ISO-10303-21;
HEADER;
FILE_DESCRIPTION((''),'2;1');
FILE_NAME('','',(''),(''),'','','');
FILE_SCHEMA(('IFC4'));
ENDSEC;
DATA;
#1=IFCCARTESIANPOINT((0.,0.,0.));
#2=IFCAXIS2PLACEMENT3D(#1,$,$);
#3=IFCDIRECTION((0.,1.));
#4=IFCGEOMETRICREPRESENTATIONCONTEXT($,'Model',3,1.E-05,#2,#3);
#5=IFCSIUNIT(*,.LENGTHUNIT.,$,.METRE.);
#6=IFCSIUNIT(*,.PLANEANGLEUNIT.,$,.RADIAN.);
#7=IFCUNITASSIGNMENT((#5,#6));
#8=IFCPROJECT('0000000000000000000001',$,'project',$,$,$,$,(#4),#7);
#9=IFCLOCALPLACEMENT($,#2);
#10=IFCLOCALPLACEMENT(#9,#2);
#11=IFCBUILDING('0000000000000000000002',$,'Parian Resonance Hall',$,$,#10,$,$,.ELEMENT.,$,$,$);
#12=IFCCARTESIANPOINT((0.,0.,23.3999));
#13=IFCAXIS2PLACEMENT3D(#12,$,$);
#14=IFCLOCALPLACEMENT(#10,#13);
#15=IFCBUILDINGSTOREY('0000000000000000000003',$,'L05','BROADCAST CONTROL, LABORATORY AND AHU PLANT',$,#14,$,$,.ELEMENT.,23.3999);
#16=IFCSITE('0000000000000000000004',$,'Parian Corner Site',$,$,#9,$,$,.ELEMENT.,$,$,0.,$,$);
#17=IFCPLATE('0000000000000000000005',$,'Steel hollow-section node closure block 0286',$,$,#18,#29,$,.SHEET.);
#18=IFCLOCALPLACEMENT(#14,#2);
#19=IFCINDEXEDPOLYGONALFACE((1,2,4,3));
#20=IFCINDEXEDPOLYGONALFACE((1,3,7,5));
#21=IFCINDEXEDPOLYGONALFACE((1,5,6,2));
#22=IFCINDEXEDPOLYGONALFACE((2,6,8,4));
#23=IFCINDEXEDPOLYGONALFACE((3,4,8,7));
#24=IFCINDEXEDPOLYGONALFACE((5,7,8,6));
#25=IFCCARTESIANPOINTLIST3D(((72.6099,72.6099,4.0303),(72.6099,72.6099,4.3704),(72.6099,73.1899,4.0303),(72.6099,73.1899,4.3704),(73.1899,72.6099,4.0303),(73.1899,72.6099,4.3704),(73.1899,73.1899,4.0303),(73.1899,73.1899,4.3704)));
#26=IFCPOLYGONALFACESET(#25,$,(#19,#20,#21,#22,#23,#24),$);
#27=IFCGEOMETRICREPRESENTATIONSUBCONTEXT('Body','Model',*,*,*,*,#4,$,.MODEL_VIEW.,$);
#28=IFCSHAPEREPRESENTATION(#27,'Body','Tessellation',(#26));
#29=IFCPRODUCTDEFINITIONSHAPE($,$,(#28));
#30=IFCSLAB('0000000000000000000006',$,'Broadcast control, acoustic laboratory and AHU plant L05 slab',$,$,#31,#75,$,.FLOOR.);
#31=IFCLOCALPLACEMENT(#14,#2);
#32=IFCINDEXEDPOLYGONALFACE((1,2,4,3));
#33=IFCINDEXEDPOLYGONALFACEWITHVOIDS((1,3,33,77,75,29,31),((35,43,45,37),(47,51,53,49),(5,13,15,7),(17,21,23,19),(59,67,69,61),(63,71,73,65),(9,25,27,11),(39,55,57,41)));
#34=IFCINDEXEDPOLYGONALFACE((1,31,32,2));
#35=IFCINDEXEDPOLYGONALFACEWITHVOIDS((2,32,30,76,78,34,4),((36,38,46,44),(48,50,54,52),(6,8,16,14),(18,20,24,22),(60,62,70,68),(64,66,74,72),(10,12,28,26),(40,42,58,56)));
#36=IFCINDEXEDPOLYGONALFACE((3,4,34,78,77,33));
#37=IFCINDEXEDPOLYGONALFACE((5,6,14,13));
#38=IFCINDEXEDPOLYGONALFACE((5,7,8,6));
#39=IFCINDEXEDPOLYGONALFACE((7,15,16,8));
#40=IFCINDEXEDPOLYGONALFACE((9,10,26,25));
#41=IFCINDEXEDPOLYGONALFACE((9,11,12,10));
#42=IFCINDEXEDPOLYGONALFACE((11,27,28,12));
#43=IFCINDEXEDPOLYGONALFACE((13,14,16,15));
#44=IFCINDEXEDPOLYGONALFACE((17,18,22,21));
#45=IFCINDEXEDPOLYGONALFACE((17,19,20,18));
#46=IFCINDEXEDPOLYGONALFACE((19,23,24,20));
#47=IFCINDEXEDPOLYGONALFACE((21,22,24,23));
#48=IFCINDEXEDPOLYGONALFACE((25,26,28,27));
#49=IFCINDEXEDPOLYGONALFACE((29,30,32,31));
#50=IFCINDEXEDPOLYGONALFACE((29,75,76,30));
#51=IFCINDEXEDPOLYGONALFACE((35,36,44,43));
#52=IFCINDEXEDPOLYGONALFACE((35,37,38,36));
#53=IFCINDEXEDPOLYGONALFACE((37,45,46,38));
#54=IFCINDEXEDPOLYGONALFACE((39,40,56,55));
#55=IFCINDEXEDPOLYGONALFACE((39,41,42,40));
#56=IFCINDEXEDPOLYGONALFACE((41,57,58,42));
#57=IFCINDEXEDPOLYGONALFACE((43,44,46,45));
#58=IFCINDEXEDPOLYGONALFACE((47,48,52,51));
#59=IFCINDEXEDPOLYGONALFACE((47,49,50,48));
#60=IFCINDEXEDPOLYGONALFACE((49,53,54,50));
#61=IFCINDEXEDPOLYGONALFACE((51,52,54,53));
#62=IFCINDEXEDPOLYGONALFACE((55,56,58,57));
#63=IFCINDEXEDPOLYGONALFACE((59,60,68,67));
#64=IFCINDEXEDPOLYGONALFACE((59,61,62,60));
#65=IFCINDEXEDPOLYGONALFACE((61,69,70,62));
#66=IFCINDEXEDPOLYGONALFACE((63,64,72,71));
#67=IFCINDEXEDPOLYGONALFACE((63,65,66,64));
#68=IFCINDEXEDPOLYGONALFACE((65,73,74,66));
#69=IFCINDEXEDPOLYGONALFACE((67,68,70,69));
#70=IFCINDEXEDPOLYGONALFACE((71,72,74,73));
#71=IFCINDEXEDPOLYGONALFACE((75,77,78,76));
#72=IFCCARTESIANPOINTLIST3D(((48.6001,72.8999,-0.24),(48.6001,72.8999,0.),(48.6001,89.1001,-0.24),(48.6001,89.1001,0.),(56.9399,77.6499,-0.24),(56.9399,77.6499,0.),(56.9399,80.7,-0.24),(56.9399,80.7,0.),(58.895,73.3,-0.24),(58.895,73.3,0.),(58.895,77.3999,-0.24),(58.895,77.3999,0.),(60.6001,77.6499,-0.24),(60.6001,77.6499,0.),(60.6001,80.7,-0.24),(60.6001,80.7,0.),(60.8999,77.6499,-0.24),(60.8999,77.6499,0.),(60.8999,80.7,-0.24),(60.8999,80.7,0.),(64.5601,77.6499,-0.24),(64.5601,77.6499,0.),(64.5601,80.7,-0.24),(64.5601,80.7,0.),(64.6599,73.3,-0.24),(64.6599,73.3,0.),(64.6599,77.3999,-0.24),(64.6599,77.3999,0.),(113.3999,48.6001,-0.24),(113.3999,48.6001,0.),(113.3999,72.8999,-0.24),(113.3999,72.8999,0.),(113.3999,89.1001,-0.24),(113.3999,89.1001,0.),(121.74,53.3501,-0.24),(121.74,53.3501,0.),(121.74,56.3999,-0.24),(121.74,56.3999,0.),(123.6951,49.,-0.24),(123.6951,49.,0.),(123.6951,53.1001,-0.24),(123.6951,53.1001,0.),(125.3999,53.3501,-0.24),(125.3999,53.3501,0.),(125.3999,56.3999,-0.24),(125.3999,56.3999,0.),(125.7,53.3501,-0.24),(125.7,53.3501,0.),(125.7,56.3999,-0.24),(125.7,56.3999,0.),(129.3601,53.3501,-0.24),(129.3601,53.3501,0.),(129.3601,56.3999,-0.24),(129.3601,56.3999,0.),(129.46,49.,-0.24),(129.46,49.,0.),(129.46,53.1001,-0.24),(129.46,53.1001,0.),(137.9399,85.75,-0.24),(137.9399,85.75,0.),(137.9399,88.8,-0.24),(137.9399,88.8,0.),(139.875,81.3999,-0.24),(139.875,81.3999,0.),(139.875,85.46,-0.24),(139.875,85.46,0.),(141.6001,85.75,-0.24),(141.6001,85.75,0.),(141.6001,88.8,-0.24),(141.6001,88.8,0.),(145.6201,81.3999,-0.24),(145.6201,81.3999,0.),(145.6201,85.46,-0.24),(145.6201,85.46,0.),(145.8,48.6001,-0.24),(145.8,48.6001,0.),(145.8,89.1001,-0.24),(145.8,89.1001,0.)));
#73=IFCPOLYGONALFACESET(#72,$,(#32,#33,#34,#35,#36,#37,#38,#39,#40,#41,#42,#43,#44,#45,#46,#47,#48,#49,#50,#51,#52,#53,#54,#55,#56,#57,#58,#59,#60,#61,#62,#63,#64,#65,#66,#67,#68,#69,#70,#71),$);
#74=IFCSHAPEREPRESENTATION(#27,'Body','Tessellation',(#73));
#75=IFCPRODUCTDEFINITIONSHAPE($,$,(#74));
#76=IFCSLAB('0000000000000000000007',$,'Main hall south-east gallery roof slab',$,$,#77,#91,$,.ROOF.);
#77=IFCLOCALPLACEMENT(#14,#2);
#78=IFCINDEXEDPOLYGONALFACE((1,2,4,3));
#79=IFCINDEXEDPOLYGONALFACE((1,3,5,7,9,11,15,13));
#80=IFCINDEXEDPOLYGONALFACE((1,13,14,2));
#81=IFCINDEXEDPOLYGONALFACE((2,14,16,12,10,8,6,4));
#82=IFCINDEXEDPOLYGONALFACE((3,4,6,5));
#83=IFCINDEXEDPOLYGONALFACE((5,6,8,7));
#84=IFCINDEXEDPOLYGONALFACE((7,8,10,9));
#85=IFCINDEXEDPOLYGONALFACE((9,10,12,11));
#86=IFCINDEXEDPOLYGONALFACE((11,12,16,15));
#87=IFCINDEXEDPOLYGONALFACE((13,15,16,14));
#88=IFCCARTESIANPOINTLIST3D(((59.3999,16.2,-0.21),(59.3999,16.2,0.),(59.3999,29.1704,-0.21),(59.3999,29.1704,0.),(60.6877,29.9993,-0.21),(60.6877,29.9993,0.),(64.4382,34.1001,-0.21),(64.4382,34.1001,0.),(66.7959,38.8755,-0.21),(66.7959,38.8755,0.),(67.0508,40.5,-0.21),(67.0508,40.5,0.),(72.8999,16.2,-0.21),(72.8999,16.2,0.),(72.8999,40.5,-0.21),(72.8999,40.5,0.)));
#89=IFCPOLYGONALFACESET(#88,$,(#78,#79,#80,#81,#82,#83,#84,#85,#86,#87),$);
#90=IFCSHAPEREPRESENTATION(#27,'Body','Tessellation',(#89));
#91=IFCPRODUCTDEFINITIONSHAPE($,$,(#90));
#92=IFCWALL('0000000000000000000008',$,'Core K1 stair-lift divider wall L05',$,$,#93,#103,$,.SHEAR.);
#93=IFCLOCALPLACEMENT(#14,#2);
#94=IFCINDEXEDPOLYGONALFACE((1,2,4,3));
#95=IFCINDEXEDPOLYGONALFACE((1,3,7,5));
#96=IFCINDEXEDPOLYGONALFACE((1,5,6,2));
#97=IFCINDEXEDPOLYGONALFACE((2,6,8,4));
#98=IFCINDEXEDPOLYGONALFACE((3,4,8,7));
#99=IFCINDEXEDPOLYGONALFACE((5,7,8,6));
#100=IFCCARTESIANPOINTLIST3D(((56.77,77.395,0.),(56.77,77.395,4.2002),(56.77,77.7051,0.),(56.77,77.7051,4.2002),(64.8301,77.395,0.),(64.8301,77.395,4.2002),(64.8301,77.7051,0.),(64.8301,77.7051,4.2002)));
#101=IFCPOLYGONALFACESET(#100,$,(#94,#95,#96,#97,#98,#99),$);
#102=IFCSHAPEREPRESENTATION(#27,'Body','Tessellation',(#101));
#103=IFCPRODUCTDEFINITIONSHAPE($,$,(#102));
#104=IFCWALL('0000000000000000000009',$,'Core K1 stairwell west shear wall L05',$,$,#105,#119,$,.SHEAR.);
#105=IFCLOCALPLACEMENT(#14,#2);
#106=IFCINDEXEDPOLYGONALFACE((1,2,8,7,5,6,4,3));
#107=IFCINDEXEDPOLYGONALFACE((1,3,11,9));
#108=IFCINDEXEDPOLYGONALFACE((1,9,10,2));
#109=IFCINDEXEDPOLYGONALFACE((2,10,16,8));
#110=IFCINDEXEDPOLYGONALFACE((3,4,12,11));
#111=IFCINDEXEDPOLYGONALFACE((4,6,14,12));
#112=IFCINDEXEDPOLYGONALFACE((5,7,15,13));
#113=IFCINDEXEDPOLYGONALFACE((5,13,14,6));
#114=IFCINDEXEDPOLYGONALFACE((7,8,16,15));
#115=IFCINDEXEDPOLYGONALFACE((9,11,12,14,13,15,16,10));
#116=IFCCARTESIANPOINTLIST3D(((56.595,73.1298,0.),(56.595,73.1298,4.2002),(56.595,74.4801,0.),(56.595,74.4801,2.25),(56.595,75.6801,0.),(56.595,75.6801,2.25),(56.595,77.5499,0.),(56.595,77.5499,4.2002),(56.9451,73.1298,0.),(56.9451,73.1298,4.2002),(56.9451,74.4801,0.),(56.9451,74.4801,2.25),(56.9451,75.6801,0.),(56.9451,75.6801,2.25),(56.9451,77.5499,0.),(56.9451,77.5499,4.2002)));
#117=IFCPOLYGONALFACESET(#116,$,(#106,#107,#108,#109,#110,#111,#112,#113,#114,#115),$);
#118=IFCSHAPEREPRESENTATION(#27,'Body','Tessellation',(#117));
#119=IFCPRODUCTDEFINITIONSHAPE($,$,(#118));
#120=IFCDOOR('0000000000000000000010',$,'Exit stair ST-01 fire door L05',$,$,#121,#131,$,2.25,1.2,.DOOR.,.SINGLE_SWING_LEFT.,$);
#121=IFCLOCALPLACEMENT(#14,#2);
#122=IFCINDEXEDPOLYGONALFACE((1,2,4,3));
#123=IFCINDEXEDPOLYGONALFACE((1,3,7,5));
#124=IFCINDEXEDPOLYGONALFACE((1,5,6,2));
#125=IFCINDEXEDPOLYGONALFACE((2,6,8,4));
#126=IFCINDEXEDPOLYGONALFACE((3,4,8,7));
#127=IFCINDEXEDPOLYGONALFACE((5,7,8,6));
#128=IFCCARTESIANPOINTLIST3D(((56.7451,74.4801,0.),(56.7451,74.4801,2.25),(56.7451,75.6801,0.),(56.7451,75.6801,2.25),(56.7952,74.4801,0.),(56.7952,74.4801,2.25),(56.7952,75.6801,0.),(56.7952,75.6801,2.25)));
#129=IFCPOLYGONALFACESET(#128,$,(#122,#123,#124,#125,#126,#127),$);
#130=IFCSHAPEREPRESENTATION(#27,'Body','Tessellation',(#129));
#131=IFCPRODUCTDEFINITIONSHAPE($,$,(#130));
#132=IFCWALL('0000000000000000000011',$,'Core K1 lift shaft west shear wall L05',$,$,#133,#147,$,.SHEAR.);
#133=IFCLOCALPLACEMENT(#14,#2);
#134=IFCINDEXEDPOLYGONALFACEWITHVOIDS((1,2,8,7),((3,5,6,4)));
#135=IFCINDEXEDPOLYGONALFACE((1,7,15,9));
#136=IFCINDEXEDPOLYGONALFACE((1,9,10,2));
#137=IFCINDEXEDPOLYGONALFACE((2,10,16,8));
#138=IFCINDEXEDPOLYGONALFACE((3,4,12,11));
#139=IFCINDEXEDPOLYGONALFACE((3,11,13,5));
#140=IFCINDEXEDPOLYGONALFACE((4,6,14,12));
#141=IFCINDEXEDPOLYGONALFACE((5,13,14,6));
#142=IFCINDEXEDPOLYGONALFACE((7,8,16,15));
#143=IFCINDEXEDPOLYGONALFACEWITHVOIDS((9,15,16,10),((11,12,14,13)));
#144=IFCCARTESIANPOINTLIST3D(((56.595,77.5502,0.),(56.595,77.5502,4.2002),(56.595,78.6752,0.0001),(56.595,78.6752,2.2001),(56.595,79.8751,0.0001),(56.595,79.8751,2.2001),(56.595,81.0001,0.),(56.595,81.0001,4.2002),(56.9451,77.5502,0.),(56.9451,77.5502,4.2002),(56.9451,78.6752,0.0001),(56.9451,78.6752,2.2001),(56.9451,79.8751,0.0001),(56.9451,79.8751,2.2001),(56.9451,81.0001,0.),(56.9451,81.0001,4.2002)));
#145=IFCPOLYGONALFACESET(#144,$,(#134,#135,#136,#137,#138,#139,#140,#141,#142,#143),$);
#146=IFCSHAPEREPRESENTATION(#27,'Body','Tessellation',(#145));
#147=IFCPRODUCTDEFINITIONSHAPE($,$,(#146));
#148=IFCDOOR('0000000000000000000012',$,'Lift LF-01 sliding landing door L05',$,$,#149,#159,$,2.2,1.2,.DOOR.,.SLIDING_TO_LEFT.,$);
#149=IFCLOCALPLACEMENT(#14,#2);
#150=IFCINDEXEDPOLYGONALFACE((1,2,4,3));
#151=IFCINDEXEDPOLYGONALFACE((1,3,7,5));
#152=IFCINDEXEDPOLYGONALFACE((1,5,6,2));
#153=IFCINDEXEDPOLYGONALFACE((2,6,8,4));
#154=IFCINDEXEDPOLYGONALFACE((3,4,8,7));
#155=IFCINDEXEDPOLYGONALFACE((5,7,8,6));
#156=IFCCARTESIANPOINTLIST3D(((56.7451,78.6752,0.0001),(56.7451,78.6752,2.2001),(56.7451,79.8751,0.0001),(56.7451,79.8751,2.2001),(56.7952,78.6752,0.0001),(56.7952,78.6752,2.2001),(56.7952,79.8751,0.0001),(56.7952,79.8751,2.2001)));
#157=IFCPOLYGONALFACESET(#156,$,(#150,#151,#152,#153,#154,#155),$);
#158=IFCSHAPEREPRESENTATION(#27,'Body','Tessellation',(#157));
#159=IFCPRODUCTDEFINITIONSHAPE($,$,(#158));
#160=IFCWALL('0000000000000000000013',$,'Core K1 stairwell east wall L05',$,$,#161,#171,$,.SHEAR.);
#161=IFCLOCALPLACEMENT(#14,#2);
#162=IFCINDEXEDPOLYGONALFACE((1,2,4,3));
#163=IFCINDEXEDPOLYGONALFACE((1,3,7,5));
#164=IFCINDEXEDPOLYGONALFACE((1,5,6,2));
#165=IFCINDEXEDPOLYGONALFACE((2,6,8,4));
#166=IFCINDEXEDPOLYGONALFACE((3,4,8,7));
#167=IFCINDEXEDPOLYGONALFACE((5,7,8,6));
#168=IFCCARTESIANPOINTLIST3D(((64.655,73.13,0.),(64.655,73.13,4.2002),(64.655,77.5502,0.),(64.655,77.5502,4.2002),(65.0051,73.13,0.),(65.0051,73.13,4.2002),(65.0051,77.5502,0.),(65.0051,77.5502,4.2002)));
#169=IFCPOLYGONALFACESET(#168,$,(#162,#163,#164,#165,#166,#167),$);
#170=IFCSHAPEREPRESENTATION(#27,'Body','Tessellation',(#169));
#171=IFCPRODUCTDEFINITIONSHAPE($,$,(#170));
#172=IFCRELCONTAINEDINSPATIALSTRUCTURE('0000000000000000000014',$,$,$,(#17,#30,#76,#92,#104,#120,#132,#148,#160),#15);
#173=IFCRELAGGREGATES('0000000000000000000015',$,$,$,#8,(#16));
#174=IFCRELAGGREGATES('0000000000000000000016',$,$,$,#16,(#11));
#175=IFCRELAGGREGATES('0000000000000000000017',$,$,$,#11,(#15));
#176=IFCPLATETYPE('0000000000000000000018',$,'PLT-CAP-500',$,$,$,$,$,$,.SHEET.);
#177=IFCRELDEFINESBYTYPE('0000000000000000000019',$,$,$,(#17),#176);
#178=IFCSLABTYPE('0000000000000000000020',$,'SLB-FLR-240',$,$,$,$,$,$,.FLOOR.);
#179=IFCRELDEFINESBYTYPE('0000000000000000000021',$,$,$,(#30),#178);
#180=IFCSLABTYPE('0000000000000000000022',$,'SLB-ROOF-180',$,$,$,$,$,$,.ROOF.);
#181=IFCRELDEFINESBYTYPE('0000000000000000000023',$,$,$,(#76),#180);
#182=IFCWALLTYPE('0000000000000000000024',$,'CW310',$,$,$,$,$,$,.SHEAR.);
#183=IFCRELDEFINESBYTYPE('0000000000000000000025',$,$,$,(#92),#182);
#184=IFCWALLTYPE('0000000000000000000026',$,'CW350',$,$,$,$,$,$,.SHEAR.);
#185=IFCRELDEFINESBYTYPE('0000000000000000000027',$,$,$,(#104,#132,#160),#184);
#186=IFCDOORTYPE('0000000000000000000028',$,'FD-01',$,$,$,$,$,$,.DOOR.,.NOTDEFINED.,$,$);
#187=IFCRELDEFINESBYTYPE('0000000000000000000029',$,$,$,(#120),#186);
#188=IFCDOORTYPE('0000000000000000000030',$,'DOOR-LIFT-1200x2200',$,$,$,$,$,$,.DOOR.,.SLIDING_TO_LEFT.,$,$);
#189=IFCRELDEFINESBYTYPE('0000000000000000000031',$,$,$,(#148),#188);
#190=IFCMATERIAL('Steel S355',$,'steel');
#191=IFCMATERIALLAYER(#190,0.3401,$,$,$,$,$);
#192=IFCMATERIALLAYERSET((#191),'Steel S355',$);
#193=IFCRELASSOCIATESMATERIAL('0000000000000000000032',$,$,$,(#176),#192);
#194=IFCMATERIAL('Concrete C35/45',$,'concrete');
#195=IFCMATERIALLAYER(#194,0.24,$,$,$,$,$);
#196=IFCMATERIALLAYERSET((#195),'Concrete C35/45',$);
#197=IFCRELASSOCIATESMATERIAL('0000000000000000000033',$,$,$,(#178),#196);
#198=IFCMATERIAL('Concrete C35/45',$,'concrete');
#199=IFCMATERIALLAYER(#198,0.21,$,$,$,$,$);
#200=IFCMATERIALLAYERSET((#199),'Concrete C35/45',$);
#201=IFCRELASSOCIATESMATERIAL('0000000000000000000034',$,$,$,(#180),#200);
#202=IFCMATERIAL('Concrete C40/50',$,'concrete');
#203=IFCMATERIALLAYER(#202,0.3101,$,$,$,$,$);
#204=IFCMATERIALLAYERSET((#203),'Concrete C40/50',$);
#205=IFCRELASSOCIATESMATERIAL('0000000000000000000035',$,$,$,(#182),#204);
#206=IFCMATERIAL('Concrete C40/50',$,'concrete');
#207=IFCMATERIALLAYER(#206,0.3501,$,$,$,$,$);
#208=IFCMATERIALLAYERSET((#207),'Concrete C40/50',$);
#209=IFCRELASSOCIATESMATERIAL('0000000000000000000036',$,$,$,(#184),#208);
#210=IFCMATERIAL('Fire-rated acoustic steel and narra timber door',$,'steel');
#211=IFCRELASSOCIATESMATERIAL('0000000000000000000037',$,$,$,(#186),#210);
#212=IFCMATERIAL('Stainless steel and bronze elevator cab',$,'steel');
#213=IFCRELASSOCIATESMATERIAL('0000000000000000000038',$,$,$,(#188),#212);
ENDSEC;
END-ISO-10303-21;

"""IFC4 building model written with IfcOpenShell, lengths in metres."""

from ifc_helpers import new_model, si_unit, direction, frame, frame_2d, origin, origin_2d, place, context, subcontext, project, spatial, polyline, rectangle, outline, extrude, material, layer, layer_set, type_object, element, fill, save


model = new_model("IFC4")

# Units and contexts
model_context = context("Model", 3, precision=1e-05, world=origin(), true_north=direction((0.0, 1.0)))
body_context = subcontext(model_context, "Body", "Model", "MODEL_VIEW")
ifc_project = project(units=[si_unit("LENGTHUNIT", "METRE"), si_unit("PLANEANGLEUNIT", "RADIAN")], contexts=[model_context])

# Site, building, storey
site_placement = place(None, origin())
site = spatial("IfcSite", under=ifc_project, at=site_placement, Name="Parian Corner Site", CompositionType="ELEMENT", RefElevation=0.0)
building_placement = place(site_placement, origin())
building = spatial("IfcBuilding", under=site, at=building_placement, Name="Parian Resonance Hall", CompositionType="ELEMENT")
storey_placement = place(building_placement, frame((0.0, 0.0, 23.3999)))
storey = spatial("IfcBuildingStorey", under=building, at=storey_placement, Name="L05", Description="BROADCAST CONTROL, LABORATORY AND AHU PLANT", CompositionType="ELEMENT", Elevation=23.3999)

# Plate
ifc_material_1 = material(Name="Steel S355", Category="steel")
ifc_layer_1 = layer(ifc_material_1, 0.3401)
ifc_layer_set_1 = layer_set([ifc_layer_1], Name="Steel S355")
plate_type = type_object("IfcPlateType", Name="PLT-CAP-500", PredefinedType="SHEET", material=ifc_layer_set_1)
plate_placement = place(storey_placement, frame((72.8999, 72.8999, 4.0303), z_axis=(0.0, 0.0, 1.0), x_axis=(1.0, 0.0, 0.0)))
element("IfcPlate", 1, at=plate_placement, inside=storey, type_object=plate_type, Name="Steel hollow-section node closure block 0286", PredefinedType="SHEET", context=body_context, shape_type="SweptSolid", body=[
    extrude(rectangle(XDim=0.5801, YDim=0.5801, at=origin_2d()), origin(), (0.0, 0.0, 1.0), 0.3401),
])

# Slabs
ifc_material_2 = material(Name="Concrete C35/45", Category="concrete")
ifc_layer_2 = layer(ifc_material_2, 0.24)
ifc_layer_set_2 = layer_set([ifc_layer_2], Name="Concrete C35/45")
slab_type_1 = type_object("IfcSlabType", Name="SLB-FLR-240", PredefinedType="FLOOR", material=ifc_layer_set_2)
slab_1_placement = place(storey_placement, frame((0.0, 0.0, -0.24)))
element("IfcSlab", 2, at=slab_1_placement, inside=storey, type_object=slab_type_1, Name="Broadcast control, acoustic laboratory and AHU plant L05 slab", PredefinedType="FLOOR", context=body_context, shape_type="SweptSolid", body=[
    extrude(outline(polyline([(145.8, 89.1001), (113.3999, 89.1001), (48.6001, 89.1001), (48.6001, 72.8999), (113.3999, 72.8999), (113.3999, 48.6001), (145.8, 48.6001), (145.8, 89.1001)]), holes=[polyline([(129.46, 49.0), (123.6951, 49.0), (123.6951, 53.1001), (129.46, 53.1001), (129.46, 49.0)]), polyline([(125.3999, 53.3501), (121.74, 53.3501), (121.74, 56.3999), (125.3999, 56.3999), (125.3999, 53.3501)]), polyline([(129.3601, 53.3501), (125.7, 53.3501), (125.7, 56.3999), (129.3601, 56.3999), (129.3601, 53.3501)]), polyline([(64.6599, 73.3), (58.895, 73.3), (58.895, 77.3999), (64.6599, 77.3999), (64.6599, 73.3)]), polyline([(60.6001, 77.6499), (56.9399, 77.6499), (56.9399, 80.7), (60.6001, 80.7), (60.6001, 77.6499)]), polyline([(64.5601, 77.6499), (60.8999, 77.6499), (60.8999, 80.7), (64.5601, 80.7), (64.5601, 77.6499)]), polyline([(145.6201, 81.3999), (139.875, 81.3999), (139.875, 85.46), (145.6201, 85.46), (145.6201, 81.3999)]), polyline([(141.6001, 85.75), (137.9399, 85.75), (137.9399, 88.8), (141.6001, 88.8), (141.6001, 85.75)])]), origin(), (0.0, 0.0, 1.0), 0.24),
])
ifc_material_3 = material(Name="Concrete C35/45", Category="concrete")
ifc_layer_3 = layer(ifc_material_3, 0.21)
ifc_layer_set_3 = layer_set([ifc_layer_3], Name="Concrete C35/45")
slab_type_2 = type_object("IfcSlabType", Name="SLB-ROOF-180", PredefinedType="ROOF", material=ifc_layer_set_3)
slab_2_placement = place(storey_placement, frame((0.0, 0.0, -0.21)))
element("IfcSlab", 3, at=slab_2_placement, inside=storey, type_object=slab_type_2, Name="Main hall south-east gallery roof slab", PredefinedType="ROOF", context=body_context, shape_type="SweptSolid", body=[
    extrude(outline(polyline([(67.0508, 40.5), (66.7959, 38.8755), (64.4382, 34.1001), (60.6877, 29.9993), (59.3999, 29.1704), (59.3999, 16.2), (72.8999, 16.2), (72.8999, 40.5), (67.0508, 40.5)])), origin(), (0.0, 0.0, 1.0), 0.21),
])

# Wall
ifc_material_4 = material(Name="Concrete C40/50", Category="concrete")
ifc_layer_4 = layer(ifc_material_4, 0.3101)
ifc_layer_set_4 = layer_set([ifc_layer_4], Name="Concrete C40/50")
wall_type_1 = type_object("IfcWallType", Name="CW310", PredefinedType="SHEAR", material=ifc_layer_set_4)
wall_1_placement = place(storey_placement, frame((56.77, 77.55, 0.0), z_axis=(0.0, 0.0, 1.0), x_axis=(1.0, 0.0, 0.0)))
element("IfcWall", 4, at=wall_1_placement, inside=storey, type_object=wall_type_1, Name="Core K1 stair-lift divider wall L05", PredefinedType="SHEAR", context=body_context, shape_type="SweptSolid", body=[
    extrude(rectangle(XDim=8.0601, YDim=0.3101, at=frame_2d((4.03, 0.0))), origin(), (0.0, 0.0, 1.0), 4.2002),
])

# Walls, openings, doors
ifc_material_5 = material(Name="Concrete C40/50", Category="concrete")
ifc_layer_5 = layer(ifc_material_5, 0.3501)
ifc_layer_set_5 = layer_set([ifc_layer_5], Name="Concrete C40/50")
wall_type_2 = type_object("IfcWallType", Name="CW350", PredefinedType="SHEAR", material=ifc_layer_set_5)
wall_2_placement = place(storey_placement, frame((56.77, 73.1299, 0.0), z_axis=(0.0, 0.0, 1.0), x_axis=(0.0, 1.0, 0.0)))
wall_2 = element("IfcWall", 5, at=wall_2_placement, inside=storey, type_object=wall_type_2, Name="Core K1 stairwell west shear wall L05", PredefinedType="SHEAR", context=body_context, shape_type="SweptSolid", body=[
    extrude(rectangle(XDim=4.4202, YDim=0.3501, at=frame_2d((2.21, 0.0))), origin(), (0.0, 0.0, 1.0), 4.2002),
])
opening_1_placement = place(wall_2_placement, frame((1.3501, 0.0, 0.0)))
opening_1 = element("IfcOpeningElement", 6, at=opening_1_placement, cuts=wall_2, PredefinedType="OPENING", context=body_context, shape_type="SweptSolid", body=[
    extrude(rectangle(XDim=1.2, YDim=2.25, at=frame_2d((0.6001, 1.125))), frame((0.0, 0.1851, 0.0), z_axis=(0.0, -1.0, 0.0), x_axis=(1.0, 0.0, 0.0)), (0.0, 0.0, 1.0), 0.3701),
])
ifc_material_6 = material(Name="Fire-rated acoustic steel and narra timber door", Category="steel")
door_type_1 = type_object("IfcDoorType", Name="FD-01", OperationType="NOTDEFINED", PredefinedType="DOOR", material=ifc_material_6)
door_1_placement = place(opening_1_placement, origin())
door_1 = element("IfcDoor", 7, at=door_1_placement, inside=storey, type_object=door_type_1, Name="Exit stair ST-01 fire door L05", OperationType="SINGLE_SWING_LEFT", OverallHeight=2.25, OverallWidth=1.2, PredefinedType="DOOR", context=body_context, shape_type="SweptSolid", body=[
    extrude(rectangle(XDim=1.2, YDim=2.25, at=frame_2d((0.6001, 1.125))), frame((0.0, 0.0249, 0.0), z_axis=(0.0, -1.0, 0.0), x_axis=(1.0, 0.0, 0.0)), (0.0, 0.0, 1.0), 0.05),
])
fill(opening_1, door_1)
wall_3_placement = place(storey_placement, frame((56.77, 77.55, 0.0), z_axis=(0.0, 0.0, 1.0), x_axis=(0.0, 1.0, 0.0)))
wall_3 = element("IfcWall", 8, at=wall_3_placement, inside=storey, type_object=wall_type_2, Name="Core K1 lift shaft west shear wall L05", PredefinedType="SHEAR", context=body_context, shape_type="SweptSolid", body=[
    extrude(rectangle(XDim=3.45, YDim=0.3501, at=frame_2d((1.7251, 0.0))), origin(), (0.0, 0.0, 1.0), 4.2002),
])
opening_2_placement = place(wall_3_placement, frame((1.125, 0.0, 0.0)))
opening_2 = element("IfcOpeningElement", 9, at=opening_2_placement, cuts=wall_3, PredefinedType="OPENING", context=body_context, shape_type="SweptSolid", body=[
    extrude(rectangle(XDim=1.2, YDim=2.2, at=frame_2d((0.6001, 1.1001))), frame((0.0, 0.1851, 0.0), z_axis=(0.0, -1.0, 0.0), x_axis=(1.0, 0.0, 0.0)), (0.0, 0.0, 1.0), 0.3701),
])
ifc_material_7 = material(Name="Stainless steel and bronze elevator cab", Category="steel")
door_type_2 = type_object("IfcDoorType", Name="DOOR-LIFT-1200x2200", OperationType="SLIDING_TO_LEFT", PredefinedType="DOOR", material=ifc_material_7)
door_2_placement = place(opening_2_placement, origin())
door_2 = element("IfcDoor", 10, at=door_2_placement, inside=storey, type_object=door_type_2, Name="Lift LF-01 sliding landing door L05", OperationType="SLIDING_TO_LEFT", OverallHeight=2.2, OverallWidth=1.2, PredefinedType="DOOR", context=body_context, shape_type="SweptSolid", body=[
    extrude(rectangle(XDim=1.2, YDim=2.2, at=frame_2d((0.6001, 1.1001))), frame((0.0, 0.0249, 0.0), z_axis=(0.0, -1.0, 0.0), x_axis=(1.0, 0.0, 0.0)), (0.0, 0.0, 1.0), 0.05),
])
fill(opening_2, door_2)

# Wall
wall_4_placement = place(storey_placement, frame((64.8301, 77.55, 0.0), z_axis=(0.0, 0.0, 1.0), x_axis=(0.0, -1.0, 0.0)))
element("IfcWall", 11, at=wall_4_placement, inside=storey, type_object=wall_type_2, Name="Core K1 stairwell east wall L05", PredefinedType="SHEAR", context=body_context, shape_type="SweptSolid", body=[
    extrude(rectangle(XDim=4.4202, YDim=0.3501, at=frame_2d((2.21, 0.0))), origin(), (0.0, 0.0, 1.0), 4.2002),
])

save(model, "model.ifc")
